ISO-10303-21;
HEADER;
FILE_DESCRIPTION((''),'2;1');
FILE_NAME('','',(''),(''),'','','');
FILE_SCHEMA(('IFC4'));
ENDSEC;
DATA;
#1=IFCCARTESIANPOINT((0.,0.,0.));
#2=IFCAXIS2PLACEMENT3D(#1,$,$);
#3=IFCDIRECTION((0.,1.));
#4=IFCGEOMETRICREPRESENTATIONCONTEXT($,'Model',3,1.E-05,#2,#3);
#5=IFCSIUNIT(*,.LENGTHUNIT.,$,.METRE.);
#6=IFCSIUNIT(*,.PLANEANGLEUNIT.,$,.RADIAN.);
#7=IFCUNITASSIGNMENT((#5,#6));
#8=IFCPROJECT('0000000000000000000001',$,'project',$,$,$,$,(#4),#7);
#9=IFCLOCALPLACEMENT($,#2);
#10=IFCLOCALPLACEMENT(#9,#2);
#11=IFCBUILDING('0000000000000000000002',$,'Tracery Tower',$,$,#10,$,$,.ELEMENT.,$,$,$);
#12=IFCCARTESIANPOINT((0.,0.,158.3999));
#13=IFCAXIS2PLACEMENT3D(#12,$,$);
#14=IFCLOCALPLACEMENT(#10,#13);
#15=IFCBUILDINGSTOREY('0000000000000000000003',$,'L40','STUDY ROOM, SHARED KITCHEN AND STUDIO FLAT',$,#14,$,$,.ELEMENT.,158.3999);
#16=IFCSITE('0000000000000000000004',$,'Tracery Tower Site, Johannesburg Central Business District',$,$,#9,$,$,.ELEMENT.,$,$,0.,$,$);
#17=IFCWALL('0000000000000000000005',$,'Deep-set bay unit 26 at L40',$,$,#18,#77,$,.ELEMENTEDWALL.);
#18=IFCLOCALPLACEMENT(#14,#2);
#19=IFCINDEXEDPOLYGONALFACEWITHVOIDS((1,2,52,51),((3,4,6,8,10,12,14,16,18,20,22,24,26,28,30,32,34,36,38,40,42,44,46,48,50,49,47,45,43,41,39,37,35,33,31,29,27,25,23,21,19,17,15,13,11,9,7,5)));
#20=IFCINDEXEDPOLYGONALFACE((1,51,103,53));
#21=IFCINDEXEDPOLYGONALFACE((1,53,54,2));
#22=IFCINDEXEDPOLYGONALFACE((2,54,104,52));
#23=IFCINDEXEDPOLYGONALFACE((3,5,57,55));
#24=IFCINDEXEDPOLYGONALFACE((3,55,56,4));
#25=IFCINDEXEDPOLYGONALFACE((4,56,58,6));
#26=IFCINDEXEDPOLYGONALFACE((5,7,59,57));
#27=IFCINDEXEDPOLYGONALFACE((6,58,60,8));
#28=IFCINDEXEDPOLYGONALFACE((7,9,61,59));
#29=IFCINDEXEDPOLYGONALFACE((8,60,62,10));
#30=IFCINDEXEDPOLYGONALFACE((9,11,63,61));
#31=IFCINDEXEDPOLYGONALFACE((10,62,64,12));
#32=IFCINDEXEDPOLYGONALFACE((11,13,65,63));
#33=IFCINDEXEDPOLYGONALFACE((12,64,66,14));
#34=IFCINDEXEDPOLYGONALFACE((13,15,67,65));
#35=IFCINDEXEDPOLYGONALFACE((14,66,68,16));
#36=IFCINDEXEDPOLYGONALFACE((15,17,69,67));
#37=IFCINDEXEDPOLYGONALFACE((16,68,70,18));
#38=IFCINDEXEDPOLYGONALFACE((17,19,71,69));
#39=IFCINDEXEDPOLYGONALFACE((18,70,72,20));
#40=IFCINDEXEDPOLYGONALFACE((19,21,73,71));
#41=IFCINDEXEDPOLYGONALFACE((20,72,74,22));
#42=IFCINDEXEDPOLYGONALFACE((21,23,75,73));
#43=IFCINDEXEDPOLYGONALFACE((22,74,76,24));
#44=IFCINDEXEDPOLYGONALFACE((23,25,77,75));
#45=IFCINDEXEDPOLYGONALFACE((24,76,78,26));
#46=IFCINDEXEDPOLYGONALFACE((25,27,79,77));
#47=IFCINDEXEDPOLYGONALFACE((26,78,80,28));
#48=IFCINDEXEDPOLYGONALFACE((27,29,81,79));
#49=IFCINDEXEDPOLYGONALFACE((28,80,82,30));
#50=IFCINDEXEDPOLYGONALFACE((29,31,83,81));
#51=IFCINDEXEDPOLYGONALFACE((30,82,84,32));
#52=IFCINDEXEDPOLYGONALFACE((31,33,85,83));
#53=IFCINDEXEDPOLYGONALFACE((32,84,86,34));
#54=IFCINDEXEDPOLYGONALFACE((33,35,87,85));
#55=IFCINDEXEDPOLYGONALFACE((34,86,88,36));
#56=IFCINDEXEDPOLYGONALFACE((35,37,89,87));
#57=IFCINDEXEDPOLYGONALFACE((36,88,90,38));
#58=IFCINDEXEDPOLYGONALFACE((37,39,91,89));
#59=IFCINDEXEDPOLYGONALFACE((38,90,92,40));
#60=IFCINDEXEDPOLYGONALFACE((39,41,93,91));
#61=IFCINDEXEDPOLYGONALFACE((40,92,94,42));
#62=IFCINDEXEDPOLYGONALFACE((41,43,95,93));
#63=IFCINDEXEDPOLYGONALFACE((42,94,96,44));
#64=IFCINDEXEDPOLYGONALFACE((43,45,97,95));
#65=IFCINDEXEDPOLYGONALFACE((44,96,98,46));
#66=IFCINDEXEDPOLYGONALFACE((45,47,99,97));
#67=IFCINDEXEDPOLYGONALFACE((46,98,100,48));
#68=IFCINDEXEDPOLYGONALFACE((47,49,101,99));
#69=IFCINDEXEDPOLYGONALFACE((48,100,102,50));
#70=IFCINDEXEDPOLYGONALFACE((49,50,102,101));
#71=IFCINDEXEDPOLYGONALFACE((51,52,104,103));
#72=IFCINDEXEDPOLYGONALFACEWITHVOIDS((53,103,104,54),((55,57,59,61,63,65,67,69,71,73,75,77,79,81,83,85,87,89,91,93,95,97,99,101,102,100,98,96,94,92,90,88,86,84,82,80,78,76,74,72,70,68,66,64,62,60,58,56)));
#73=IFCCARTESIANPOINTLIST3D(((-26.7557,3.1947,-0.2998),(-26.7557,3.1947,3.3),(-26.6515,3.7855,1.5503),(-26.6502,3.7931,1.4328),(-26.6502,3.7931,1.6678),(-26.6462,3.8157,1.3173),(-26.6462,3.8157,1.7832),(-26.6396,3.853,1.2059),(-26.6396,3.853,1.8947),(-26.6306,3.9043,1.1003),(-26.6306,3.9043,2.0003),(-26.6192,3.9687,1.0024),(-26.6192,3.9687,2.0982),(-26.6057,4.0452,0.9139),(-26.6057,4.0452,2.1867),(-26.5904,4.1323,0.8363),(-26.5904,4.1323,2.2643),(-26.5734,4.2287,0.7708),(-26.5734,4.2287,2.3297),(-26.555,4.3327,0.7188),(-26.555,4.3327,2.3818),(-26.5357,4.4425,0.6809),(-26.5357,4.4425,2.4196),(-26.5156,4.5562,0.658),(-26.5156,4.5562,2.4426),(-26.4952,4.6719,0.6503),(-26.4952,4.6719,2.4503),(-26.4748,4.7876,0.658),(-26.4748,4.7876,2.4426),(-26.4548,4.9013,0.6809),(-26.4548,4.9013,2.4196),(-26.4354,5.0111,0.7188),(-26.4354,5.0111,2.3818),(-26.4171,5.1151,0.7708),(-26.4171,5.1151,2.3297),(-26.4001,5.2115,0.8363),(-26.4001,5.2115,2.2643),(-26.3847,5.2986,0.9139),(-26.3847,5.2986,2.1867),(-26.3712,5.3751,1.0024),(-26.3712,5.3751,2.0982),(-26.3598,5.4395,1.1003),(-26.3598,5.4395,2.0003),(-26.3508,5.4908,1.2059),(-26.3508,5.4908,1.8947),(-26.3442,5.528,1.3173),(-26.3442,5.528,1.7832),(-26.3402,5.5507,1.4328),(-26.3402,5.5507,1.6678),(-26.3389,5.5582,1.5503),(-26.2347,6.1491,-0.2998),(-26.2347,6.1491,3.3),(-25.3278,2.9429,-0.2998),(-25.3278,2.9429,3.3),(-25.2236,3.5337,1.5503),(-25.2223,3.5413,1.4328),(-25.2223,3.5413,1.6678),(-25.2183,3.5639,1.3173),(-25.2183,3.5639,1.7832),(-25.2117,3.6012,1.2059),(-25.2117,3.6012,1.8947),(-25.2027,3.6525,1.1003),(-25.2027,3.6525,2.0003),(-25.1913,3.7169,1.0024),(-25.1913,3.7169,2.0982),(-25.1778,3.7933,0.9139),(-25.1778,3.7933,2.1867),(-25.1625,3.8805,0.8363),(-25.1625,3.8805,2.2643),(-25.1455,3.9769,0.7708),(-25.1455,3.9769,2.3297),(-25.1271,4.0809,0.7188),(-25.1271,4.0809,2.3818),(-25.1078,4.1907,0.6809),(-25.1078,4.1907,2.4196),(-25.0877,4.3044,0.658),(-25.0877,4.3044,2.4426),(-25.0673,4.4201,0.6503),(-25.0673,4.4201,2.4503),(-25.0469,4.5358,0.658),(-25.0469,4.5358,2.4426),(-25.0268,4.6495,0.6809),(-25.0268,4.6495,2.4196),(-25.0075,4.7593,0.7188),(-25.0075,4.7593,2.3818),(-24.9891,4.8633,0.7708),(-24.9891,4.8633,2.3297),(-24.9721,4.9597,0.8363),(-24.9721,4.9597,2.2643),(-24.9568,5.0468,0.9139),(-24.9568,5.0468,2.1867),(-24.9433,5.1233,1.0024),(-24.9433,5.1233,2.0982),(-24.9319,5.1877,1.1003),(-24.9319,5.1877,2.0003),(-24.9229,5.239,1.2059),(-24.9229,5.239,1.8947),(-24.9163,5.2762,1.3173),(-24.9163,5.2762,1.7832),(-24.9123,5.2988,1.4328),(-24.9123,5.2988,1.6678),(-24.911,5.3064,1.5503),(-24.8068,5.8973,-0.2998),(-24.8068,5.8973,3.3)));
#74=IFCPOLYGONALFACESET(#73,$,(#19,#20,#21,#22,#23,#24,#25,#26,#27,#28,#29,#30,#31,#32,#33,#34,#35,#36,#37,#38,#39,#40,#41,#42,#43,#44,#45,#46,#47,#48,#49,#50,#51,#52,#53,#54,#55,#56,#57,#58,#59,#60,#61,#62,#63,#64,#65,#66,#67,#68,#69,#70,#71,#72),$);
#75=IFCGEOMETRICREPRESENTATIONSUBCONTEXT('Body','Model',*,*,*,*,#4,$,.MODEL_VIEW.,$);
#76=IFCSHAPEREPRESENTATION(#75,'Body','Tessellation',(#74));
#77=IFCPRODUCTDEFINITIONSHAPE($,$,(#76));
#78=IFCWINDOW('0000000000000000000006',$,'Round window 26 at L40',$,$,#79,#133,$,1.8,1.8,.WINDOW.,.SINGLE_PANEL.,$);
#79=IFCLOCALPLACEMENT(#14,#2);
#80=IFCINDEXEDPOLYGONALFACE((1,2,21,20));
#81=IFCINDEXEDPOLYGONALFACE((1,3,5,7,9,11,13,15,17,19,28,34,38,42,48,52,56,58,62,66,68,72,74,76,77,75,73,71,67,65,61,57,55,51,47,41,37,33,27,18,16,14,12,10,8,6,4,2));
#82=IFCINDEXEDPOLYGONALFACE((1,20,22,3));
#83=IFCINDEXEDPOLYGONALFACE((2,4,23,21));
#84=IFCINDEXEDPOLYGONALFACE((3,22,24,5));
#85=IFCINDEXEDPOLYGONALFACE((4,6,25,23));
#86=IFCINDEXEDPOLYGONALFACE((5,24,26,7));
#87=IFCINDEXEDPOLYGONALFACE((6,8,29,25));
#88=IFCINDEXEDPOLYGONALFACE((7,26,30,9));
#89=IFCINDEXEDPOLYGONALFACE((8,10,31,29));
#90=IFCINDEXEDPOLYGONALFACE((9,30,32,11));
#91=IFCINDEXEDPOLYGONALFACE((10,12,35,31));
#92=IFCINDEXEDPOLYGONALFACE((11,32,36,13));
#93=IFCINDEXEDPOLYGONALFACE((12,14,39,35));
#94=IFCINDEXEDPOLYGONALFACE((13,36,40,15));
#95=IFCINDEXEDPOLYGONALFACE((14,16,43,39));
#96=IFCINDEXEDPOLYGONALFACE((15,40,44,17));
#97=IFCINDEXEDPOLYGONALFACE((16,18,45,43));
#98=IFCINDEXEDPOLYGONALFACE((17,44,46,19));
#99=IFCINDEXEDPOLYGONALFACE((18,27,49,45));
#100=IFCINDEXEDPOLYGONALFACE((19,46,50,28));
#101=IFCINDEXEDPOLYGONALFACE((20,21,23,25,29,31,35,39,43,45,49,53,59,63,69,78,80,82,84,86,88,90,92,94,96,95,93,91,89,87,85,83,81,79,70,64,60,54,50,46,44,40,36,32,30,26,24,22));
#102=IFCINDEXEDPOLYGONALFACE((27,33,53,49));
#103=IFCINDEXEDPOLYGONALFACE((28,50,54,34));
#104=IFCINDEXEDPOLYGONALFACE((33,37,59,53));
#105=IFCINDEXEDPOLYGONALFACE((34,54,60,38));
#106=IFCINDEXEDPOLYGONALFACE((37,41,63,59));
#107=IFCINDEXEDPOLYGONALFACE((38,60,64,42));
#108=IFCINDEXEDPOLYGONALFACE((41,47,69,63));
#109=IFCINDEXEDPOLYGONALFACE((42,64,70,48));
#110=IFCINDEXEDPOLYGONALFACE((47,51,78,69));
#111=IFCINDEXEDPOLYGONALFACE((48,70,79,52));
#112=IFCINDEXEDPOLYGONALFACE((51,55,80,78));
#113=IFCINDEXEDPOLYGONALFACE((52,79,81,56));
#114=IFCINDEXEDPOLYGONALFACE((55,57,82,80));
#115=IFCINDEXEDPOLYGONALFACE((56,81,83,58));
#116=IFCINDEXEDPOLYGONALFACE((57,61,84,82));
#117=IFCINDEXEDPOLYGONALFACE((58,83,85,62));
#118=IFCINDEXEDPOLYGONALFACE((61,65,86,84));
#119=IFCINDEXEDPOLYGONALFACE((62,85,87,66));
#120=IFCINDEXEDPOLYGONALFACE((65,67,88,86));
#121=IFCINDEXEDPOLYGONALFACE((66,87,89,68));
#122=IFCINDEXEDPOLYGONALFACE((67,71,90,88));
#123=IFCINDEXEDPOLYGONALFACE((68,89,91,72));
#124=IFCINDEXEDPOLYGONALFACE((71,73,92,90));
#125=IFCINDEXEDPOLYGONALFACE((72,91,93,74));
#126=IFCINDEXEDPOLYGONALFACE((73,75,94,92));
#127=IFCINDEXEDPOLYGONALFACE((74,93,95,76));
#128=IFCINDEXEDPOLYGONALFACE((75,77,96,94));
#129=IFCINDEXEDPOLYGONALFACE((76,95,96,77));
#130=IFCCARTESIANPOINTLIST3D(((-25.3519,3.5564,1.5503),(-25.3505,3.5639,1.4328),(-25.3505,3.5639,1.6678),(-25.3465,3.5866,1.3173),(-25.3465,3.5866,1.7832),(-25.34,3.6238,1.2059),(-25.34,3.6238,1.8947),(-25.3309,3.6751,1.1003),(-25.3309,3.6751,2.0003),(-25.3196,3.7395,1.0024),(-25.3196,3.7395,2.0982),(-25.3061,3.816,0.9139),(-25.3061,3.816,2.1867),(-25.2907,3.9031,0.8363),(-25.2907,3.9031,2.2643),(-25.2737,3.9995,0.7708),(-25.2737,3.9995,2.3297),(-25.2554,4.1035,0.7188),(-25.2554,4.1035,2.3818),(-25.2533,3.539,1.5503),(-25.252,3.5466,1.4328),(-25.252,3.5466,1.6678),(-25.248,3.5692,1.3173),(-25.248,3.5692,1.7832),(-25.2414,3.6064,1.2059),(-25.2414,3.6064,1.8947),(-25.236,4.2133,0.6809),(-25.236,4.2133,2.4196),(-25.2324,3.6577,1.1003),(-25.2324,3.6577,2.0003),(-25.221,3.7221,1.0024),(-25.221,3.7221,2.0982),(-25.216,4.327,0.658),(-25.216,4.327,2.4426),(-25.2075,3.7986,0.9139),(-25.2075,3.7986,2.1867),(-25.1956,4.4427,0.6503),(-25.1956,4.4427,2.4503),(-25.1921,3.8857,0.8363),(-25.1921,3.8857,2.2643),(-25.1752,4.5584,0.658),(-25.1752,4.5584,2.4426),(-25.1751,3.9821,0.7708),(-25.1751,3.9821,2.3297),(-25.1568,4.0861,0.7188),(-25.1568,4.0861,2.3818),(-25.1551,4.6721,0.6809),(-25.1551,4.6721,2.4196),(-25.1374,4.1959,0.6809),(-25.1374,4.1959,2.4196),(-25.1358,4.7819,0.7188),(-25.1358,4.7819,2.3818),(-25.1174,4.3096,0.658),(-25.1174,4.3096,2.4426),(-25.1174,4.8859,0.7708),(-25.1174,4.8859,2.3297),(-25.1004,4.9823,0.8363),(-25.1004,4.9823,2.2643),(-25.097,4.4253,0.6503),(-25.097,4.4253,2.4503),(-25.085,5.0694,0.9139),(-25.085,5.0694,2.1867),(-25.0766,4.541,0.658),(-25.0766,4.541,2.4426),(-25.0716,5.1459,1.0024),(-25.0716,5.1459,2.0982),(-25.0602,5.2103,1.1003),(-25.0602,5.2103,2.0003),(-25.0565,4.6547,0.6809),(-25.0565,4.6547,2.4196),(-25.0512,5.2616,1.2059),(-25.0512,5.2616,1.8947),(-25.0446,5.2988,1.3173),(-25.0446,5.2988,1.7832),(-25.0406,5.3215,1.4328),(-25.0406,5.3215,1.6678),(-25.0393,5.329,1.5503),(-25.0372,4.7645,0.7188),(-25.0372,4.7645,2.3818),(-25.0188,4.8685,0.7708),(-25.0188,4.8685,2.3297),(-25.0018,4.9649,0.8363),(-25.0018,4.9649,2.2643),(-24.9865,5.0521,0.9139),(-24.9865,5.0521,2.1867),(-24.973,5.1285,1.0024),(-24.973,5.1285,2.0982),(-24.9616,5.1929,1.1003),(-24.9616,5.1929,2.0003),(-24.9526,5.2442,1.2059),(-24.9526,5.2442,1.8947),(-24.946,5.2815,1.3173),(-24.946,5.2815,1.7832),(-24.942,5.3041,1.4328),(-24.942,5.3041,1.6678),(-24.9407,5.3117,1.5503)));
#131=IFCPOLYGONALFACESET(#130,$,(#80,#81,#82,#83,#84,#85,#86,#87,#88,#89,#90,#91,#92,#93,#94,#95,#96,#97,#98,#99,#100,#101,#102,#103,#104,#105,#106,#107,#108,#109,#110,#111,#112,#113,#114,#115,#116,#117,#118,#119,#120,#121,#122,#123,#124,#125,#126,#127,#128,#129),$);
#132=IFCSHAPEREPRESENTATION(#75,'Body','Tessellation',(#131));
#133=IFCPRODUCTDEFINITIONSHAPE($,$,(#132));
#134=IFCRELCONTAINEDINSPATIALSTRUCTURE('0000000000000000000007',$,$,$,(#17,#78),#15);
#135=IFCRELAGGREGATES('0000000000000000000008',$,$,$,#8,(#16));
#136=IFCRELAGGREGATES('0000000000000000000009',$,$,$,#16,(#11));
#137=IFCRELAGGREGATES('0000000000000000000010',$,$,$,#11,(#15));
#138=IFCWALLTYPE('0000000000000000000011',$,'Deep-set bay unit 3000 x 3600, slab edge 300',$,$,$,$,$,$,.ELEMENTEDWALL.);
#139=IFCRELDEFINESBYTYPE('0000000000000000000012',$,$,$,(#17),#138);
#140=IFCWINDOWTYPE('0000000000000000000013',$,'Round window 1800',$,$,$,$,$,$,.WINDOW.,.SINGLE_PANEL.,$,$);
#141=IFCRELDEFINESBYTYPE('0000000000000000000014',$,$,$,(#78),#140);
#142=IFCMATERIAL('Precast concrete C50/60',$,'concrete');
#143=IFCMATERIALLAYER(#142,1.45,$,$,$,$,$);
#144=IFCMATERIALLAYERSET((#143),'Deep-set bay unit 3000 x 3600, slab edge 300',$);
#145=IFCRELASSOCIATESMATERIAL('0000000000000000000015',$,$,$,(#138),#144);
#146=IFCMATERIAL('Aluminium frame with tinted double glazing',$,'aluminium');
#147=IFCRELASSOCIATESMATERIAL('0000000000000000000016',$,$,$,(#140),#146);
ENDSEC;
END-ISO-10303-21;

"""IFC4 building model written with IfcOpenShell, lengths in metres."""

from ifc_helpers import new_model, si_unit, direction, frame, frame_2d, origin, origin_2d, place, context, subcontext, project, spatial, rectangle, circle, extrude, material, layer, layer_set, type_object, element, fill, save


model = new_model("IFC4")

# Units and contexts
model_context = context("Model", 3, precision=1e-05, world=origin(), true_north=direction((0.0, 1.0)))
body_context = subcontext(model_context, "Body", "Model", "MODEL_VIEW")
ifc_project = project(units=[si_unit("LENGTHUNIT", "METRE"), si_unit("PLANEANGLEUNIT", "RADIAN")], contexts=[model_context])

# Site, building, storey
site_placement = place(None, origin())
site = spatial("IfcSite", under=ifc_project, at=site_placement, Name="Tracery Tower Site, Johannesburg Central Business District", CompositionType="ELEMENT", RefElevation=0.0)
building_placement = place(site_placement, origin())
building = spatial("IfcBuilding", under=site, at=building_placement, Name="Tracery Tower", CompositionType="ELEMENT")
storey_placement = place(building_placement, frame((0.0, 0.0, 158.3999)))
storey = spatial("IfcBuildingStorey", under=building, at=storey_placement, Name="L40", Description="STUDY ROOM, SHARED KITCHEN AND STUDIO FLAT", CompositionType="ELEMENT", Elevation=158.3999)

# Wall, opening, window
ifc_material_1 = material(Name="Precast concrete C50/60", Category="concrete")
ifc_layer_1 = layer(ifc_material_1, 1.45)
ifc_layer_set_1 = layer_set([ifc_layer_1], Name="Deep-set bay unit 3000 x 3600, slab edge 300")
wall_type_1 = type_object("IfcWallType", Name="Deep-set bay unit 3000 x 3600, slab edge 300", PredefinedType="ELEMENTEDWALL", material=ifc_layer_set_1)
wall_1_placement = place(storey_placement, frame((-25.5208, 6.0232, -0.2998), z_axis=(0.0, 0.0, 1.0), x_axis=(-0.173669, -0.984804, 0.0)))
wall_1 = element("IfcWall", 1, at=wall_1_placement, inside=storey, type_object=wall_type_1, Name="Deep-set bay unit 26 at L40", PredefinedType="ELEMENTEDWALL", context=body_context, shape_type="SweptSolid", body=[
    extrude(rectangle(XDim=3.0, YDim=1.45, at=frame_2d((1.5, 0.0))), origin(), (0.0, 0.0, 1.0), 3.5999),
])
opening_1_placement = place(wall_1_placement, frame((1.5, 0.0, 1.8501)))
opening_1 = element("IfcOpeningElement", 2, at=opening_1_placement, cuts=wall_1, PredefinedType="OPENING", context=body_context, shape_type="SweptSolid", body=[
    extrude(circle(Radius=0.9, at=origin_2d()), frame((0.0, 0.7349, 0.0), z_axis=(0.0, -1.0, 0.0), x_axis=(1.0, 0.0, 0.0)), (0.0, 0.0, 1.0), 1.47),
])
ifc_material_2 = material(Name="Aluminium frame with tinted double glazing", Category="aluminium")
window_type = type_object("IfcWindowType", Name="Round window 1800", PartitioningType="SINGLE_PANEL", PredefinedType="WINDOW", material=ifc_material_2)
window_1_placement = place(opening_1_placement, origin())
window_1 = element("IfcWindow", 3, at=window_1_placement, inside=storey, type_object=window_type, Name="Round window 26 at L40", OverallHeight=1.8, OverallWidth=1.8, PartitioningType="SINGLE_PANEL", PredefinedType="WINDOW", context=body_context, shape_type="SweptSolid", body=[
    extrude(circle(Radius=0.9, at=origin_2d()), frame((0.0, 0.6948, 0.0), z_axis=(0.0, -1.0, 0.0), x_axis=(1.0, 0.0, 0.0)), (0.0, 0.0, 1.0), 0.1001),
])
fill(opening_1, window_1)

save(model, "model.ifc")
